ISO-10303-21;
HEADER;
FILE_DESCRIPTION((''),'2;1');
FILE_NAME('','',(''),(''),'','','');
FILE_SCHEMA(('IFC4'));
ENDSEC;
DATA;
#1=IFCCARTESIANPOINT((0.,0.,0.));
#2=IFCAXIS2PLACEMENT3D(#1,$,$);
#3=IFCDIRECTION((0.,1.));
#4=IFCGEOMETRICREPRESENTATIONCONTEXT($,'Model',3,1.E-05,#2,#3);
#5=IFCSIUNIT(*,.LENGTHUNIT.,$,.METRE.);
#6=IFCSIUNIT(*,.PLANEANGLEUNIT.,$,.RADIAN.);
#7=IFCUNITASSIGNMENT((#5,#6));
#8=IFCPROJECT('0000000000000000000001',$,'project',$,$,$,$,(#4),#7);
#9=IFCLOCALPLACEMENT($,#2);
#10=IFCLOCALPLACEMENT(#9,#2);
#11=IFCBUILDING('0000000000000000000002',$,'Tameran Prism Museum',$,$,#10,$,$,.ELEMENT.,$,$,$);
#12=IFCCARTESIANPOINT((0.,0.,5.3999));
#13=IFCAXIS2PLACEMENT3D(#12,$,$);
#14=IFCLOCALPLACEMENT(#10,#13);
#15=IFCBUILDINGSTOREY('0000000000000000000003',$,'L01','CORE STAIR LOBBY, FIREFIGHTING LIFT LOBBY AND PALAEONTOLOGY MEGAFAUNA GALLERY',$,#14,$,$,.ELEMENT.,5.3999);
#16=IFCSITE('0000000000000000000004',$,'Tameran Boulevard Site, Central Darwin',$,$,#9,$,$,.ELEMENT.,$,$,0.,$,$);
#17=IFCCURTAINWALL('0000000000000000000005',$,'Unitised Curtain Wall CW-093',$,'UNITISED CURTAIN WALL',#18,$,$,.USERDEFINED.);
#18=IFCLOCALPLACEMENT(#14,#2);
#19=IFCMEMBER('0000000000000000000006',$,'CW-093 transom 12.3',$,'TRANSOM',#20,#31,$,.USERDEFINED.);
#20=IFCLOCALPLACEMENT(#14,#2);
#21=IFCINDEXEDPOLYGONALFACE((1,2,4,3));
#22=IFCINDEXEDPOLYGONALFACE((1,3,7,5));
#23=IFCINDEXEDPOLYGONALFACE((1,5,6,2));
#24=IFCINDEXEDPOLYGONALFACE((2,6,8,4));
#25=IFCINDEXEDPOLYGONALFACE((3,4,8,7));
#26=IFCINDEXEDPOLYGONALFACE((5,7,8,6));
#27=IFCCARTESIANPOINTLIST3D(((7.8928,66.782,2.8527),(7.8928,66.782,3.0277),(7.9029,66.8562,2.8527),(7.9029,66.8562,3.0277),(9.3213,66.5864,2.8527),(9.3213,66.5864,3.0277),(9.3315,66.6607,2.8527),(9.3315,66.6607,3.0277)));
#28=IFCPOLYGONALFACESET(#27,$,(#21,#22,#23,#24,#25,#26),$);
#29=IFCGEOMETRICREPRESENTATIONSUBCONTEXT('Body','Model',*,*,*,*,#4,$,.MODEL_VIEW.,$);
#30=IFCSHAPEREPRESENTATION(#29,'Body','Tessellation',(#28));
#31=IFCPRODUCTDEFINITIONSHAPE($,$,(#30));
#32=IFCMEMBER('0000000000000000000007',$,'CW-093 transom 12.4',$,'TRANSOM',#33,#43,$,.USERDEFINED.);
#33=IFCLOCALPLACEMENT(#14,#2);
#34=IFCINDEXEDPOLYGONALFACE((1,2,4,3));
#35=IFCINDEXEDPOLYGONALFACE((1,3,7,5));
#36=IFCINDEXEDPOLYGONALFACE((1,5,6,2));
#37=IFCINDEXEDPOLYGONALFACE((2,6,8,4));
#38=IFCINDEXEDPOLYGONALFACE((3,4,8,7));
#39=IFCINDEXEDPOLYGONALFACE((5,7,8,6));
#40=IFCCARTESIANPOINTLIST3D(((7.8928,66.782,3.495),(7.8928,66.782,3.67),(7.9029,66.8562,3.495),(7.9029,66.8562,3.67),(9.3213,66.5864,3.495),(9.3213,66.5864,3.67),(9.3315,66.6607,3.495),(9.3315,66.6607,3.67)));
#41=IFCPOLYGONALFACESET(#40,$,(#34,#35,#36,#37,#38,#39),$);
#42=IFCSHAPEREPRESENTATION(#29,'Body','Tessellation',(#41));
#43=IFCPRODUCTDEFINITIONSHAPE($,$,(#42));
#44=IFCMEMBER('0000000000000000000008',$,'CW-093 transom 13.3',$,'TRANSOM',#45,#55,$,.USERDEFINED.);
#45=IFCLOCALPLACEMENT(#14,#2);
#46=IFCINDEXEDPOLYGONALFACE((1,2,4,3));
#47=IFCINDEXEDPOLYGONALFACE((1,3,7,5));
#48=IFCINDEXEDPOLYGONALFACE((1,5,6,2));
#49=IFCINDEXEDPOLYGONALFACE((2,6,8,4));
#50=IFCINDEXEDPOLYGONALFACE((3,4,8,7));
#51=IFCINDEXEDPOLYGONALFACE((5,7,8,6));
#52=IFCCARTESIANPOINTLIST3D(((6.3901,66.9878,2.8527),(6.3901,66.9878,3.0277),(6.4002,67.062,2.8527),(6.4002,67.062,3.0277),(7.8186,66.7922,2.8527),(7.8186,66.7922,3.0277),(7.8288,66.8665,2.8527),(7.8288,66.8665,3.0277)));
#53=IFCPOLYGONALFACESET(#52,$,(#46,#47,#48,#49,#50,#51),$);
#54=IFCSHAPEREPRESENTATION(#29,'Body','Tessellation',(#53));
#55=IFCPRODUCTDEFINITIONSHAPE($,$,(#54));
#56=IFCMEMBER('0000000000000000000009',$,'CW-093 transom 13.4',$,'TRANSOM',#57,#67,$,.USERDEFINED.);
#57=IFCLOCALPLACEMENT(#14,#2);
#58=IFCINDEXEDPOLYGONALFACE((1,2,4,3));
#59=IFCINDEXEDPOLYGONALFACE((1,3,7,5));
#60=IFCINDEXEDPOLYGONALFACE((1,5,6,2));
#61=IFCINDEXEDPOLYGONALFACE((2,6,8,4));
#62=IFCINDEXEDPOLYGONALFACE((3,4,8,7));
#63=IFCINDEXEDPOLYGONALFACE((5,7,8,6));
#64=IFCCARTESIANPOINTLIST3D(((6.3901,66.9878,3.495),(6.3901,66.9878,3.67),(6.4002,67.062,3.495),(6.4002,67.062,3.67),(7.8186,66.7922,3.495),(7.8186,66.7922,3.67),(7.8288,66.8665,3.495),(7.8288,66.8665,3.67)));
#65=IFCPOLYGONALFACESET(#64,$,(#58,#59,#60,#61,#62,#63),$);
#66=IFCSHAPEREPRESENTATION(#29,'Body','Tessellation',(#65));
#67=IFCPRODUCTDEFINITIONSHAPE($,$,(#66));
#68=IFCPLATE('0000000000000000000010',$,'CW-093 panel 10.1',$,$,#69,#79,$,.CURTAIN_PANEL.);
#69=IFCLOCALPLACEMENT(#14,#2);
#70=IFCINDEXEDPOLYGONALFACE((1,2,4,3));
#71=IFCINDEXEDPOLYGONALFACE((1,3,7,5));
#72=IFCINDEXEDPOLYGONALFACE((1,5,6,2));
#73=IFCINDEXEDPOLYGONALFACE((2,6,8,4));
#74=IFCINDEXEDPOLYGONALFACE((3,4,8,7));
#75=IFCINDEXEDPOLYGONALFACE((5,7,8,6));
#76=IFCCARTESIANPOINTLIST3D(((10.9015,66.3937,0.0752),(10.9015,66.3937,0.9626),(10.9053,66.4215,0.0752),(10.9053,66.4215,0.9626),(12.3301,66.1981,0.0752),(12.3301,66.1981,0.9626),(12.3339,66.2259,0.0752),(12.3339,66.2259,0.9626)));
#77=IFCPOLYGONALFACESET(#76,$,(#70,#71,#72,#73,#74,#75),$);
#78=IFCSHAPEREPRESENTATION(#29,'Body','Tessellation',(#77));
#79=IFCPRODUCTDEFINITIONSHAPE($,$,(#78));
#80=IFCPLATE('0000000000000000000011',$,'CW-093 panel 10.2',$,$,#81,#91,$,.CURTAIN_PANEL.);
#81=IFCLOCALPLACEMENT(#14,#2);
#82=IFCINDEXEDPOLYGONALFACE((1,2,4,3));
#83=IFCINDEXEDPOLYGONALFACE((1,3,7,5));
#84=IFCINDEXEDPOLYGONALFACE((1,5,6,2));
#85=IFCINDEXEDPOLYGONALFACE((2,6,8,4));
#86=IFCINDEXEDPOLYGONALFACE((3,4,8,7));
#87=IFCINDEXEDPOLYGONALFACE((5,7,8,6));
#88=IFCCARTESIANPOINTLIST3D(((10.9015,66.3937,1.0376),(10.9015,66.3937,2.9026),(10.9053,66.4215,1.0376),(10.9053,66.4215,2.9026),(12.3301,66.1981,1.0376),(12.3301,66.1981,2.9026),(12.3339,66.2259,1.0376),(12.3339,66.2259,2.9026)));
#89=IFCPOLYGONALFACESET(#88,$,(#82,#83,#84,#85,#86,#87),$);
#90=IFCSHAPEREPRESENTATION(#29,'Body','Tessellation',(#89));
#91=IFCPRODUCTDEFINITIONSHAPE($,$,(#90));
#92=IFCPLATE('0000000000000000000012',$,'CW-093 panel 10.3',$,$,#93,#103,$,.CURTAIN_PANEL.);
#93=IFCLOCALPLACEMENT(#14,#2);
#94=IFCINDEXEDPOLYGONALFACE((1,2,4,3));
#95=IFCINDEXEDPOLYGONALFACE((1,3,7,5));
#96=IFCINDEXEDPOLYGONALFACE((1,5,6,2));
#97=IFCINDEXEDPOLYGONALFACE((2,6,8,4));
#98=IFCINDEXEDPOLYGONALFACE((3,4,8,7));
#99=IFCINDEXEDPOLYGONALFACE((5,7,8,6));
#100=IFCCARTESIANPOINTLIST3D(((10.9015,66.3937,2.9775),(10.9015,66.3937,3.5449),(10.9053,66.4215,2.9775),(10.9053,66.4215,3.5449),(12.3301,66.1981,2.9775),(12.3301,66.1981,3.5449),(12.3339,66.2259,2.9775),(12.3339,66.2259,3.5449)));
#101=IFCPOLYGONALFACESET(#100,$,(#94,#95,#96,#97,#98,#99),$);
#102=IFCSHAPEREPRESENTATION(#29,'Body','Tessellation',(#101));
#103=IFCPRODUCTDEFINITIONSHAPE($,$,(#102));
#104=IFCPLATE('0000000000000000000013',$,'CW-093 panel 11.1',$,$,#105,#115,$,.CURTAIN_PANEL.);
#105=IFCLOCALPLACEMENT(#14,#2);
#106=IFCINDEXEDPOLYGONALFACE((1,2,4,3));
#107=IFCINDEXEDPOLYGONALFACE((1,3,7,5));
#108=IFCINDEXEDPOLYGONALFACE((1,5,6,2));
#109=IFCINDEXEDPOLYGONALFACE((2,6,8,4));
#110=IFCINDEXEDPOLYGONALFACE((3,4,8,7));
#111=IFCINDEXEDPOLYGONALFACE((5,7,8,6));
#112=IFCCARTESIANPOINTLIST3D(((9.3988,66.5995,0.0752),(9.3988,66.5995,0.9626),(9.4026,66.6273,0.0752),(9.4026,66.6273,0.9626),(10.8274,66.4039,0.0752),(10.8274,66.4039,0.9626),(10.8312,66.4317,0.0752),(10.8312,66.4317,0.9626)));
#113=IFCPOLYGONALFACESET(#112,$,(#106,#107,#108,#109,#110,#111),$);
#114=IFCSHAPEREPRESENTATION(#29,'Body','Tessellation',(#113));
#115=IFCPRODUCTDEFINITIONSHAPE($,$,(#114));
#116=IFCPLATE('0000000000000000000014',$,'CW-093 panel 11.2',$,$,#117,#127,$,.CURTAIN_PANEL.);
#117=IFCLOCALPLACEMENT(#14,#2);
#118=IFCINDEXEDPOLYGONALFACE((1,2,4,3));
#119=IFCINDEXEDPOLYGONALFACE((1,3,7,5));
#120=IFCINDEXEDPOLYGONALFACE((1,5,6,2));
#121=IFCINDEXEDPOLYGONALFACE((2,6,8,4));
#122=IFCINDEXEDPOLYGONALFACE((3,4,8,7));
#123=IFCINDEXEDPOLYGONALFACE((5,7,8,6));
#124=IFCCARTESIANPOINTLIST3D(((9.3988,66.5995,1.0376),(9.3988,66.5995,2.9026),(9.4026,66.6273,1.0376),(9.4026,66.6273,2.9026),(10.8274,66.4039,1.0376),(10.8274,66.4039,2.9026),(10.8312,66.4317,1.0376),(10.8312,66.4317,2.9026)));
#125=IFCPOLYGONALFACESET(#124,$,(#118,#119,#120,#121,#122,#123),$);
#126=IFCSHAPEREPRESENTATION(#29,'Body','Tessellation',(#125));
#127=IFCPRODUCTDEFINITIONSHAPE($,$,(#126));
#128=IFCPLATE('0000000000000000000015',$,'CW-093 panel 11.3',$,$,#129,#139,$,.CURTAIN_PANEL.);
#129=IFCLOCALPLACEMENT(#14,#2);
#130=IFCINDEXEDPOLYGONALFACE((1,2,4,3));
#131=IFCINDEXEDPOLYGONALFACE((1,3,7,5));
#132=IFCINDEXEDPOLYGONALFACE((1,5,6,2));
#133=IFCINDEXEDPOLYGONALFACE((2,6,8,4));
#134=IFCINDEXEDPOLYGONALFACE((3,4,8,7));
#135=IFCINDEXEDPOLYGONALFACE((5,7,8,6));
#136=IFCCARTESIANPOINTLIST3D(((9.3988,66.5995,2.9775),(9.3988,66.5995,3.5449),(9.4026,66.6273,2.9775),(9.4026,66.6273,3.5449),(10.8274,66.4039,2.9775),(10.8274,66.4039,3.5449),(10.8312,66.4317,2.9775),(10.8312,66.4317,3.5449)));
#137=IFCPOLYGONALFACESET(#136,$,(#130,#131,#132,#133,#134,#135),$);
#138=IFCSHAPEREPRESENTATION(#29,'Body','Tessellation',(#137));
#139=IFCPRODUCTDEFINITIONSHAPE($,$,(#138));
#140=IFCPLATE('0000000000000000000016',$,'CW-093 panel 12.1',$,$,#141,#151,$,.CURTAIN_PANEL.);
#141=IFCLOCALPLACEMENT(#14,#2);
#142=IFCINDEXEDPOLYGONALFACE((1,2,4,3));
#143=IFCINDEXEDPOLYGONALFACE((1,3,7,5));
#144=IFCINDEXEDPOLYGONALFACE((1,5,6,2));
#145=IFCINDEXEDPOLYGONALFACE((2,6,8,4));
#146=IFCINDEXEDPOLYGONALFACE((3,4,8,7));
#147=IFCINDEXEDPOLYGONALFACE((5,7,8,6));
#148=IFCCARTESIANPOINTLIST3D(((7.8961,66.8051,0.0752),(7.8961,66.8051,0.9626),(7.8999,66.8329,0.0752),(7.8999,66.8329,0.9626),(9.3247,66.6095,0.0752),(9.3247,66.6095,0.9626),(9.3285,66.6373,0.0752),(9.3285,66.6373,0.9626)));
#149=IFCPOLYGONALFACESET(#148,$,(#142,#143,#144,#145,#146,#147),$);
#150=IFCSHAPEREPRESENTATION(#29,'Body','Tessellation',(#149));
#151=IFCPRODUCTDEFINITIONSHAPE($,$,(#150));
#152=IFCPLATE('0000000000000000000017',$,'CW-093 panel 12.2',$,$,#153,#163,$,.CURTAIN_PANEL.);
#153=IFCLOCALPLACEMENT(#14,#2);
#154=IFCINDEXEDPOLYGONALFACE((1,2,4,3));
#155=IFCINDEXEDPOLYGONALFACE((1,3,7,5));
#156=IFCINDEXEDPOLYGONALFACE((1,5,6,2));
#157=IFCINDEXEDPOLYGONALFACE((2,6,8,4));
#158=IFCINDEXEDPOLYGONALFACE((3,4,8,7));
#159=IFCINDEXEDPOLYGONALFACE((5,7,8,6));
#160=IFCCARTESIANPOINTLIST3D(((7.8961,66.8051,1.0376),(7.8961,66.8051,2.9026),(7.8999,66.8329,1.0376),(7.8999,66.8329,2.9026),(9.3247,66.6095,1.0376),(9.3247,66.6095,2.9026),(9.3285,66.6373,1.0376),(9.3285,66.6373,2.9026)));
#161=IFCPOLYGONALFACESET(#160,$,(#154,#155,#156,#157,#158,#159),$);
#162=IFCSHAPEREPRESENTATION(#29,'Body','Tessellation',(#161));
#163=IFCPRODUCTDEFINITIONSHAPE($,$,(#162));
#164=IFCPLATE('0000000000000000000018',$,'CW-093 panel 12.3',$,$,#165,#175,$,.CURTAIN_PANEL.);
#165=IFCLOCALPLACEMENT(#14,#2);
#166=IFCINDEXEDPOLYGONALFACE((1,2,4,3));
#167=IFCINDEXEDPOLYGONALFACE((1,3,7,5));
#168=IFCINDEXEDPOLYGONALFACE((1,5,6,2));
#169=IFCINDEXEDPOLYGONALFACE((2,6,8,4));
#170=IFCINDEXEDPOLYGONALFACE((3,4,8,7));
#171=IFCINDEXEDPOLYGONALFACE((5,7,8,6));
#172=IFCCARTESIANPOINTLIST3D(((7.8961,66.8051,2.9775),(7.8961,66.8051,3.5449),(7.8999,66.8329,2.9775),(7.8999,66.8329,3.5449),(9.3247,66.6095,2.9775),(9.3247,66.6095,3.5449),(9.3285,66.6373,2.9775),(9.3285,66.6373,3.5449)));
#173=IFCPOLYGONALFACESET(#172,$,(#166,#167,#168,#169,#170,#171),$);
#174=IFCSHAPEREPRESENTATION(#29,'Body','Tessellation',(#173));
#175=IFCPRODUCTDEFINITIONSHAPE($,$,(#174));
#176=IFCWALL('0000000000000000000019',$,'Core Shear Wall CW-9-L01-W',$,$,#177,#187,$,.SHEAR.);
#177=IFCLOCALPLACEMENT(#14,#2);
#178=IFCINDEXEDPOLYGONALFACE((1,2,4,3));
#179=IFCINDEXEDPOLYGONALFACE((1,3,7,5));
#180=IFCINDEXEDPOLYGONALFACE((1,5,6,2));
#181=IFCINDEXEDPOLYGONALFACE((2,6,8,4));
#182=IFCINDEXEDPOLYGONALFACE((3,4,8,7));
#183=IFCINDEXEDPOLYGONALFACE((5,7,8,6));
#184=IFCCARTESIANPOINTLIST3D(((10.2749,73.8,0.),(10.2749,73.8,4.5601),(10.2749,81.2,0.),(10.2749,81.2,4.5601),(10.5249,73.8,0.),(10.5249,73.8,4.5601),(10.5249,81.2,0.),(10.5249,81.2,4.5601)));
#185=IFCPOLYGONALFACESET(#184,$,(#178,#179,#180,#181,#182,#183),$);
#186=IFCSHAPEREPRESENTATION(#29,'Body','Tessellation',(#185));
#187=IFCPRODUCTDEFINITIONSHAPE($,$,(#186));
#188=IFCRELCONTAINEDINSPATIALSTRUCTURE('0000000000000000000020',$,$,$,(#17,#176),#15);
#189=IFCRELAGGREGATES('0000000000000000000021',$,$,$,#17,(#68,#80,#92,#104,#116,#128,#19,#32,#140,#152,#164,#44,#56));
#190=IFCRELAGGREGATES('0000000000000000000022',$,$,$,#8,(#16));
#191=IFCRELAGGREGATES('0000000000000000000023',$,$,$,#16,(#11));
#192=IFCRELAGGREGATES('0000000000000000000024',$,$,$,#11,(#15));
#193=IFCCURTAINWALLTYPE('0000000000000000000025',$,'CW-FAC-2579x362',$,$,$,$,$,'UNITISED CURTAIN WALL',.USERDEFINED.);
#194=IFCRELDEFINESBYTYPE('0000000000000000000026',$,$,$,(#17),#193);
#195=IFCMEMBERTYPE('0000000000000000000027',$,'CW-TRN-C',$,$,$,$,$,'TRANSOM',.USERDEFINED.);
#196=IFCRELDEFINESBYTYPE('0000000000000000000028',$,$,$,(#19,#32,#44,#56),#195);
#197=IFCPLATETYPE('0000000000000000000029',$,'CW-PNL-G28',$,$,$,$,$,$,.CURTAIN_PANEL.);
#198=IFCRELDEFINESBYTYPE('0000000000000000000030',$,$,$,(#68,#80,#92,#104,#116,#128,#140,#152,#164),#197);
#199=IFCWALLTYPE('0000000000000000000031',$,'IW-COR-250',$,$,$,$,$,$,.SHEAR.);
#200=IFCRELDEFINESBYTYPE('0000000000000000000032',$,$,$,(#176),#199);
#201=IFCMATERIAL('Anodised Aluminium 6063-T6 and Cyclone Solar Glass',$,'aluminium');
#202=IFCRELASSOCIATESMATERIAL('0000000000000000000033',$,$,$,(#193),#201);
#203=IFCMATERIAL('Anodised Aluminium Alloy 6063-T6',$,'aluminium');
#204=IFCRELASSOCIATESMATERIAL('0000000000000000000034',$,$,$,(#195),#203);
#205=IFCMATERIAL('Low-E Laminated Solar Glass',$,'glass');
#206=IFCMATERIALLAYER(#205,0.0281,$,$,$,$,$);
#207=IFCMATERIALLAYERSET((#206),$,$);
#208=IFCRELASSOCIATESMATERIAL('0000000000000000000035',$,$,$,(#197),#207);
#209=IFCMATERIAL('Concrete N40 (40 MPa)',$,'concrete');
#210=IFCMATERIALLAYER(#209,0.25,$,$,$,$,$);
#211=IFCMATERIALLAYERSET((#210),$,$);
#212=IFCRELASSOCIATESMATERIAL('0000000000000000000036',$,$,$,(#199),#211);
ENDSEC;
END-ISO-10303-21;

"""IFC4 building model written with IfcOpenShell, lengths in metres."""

from ifc_helpers import new_model, si_unit, direction, frame, frame_2d, origin, origin_2d, place, context, subcontext, project, spatial, rectangle, extrude, material, layer, layer_set, material_profile, profile_set, type_object, element, aggregate, save


model = new_model("IFC4")

# Units and contexts
model_context = context("Model", 3, precision=1e-05, world=origin(), true_north=direction((0.0, 1.0)))
body_context = subcontext(model_context, "Body", "Model", "MODEL_VIEW")
ifc_project = project(units=[si_unit("LENGTHUNIT", "METRE"), si_unit("PLANEANGLEUNIT", "RADIAN")], contexts=[model_context])

# Site, building, storey
site_placement = place(None, origin())
site = spatial("IfcSite", under=ifc_project, at=site_placement, Name="Tameran Boulevard Site, Central Darwin", CompositionType="ELEMENT", RefElevation=0.0)
building_placement = place(site_placement, origin())
building = spatial("IfcBuilding", under=site, at=building_placement, Name="Tameran Prism Museum", CompositionType="ELEMENT")
storey_placement = place(building_placement, frame((0.0, 0.0, 5.3999)))
storey = spatial("IfcBuildingStorey", under=building, at=storey_placement, Name="L01", Description="CORE STAIR LOBBY, FIREFIGHTING LIFT LOBBY AND PALAEONTOLOGY MEGAFAUNA GALLERY", CompositionType="ELEMENT", Elevation=5.3999)

# Curtain wall, members, plates
ifc_material_1 = material(Name="Anodised Aluminium 6063-T6 and Cyclone Solar Glass", Category="aluminium")
curtain_wall_type = type_object("IfcCurtainWallType", Name="CW-FAC-2579x362", ElementType="UNITISED CURTAIN WALL", PredefinedType="USERDEFINED", material=ifc_material_1)
curtain_wall_placement = place(storey_placement, origin())
curtain_wall = element("IfcCurtainWall", 1, at=curtain_wall_placement, inside=storey, type_object=curtain_wall_type, Name="Unitised Curtain Wall CW-093", ObjectType="UNITISED CURTAIN WALL", PredefinedType="USERDEFINED")
ifc_material_2 = material(Name="Anodised Aluminium Alloy 6063-T6", Category="aluminium")
ifc_material_profile_1 = material_profile(ifc_material_2, rectangle(XDim=0.075, YDim=0.175, at=origin_2d()))
ifc_profile_set_1 = profile_set([ifc_material_profile_1])
member_type_1 = type_object("IfcMemberType", Name="CW-TRN-C", ElementType="TRANSOM", PredefinedType="USERDEFINED", material=ifc_profile_set_1)
member_1_placement = place(storey_placement, frame((9.3264, 66.6235, 2.9402), z_axis=(-0.990759, 0.135635, 0.0), x_axis=(-0.135635, -0.990759, 0.0)))
member_1 = element("IfcMember", 2, at=member_1_placement, type_object=member_type_1, Name="CW-093 transom 12.3", ObjectType="TRANSOM", PredefinedType="USERDEFINED", context=body_context, shape_type="SweptSolid", body=[
    extrude(rectangle(XDim=0.075, YDim=0.175, at=origin_2d()), origin(), (0.0, 0.0, 1.0), 1.4419),
])
member_2_placement = place(storey_placement, frame((9.3264, 66.6235, 3.5825), z_axis=(-0.990759, 0.135635, 0.0), x_axis=(-0.135635, -0.990759, 0.0)))
member_2 = element("IfcMember", 3, at=member_2_placement, type_object=member_type_1, Name="CW-093 transom 12.4", ObjectType="TRANSOM", PredefinedType="USERDEFINED", context=body_context, shape_type="SweptSolid", body=[
    extrude(rectangle(XDim=0.075, YDim=0.175, at=origin_2d()), origin(), (0.0, 0.0, 1.0), 1.4419),
])
member_3_placement = place(storey_placement, frame((7.8237, 66.8293, 2.9402), z_axis=(-0.990759, 0.135635, 0.0), x_axis=(-0.135635, -0.990759, 0.0)))
member_3 = element("IfcMember", 4, at=member_3_placement, type_object=member_type_1, Name="CW-093 transom 13.3", ObjectType="TRANSOM", PredefinedType="USERDEFINED", context=body_context, shape_type="SweptSolid", body=[
    extrude(rectangle(XDim=0.075, YDim=0.175, at=origin_2d()), origin(), (0.0, 0.0, 1.0), 1.4419),
])
member_4_placement = place(storey_placement, frame((7.8237, 66.8293, 3.5825), z_axis=(-0.990759, 0.135635, 0.0), x_axis=(-0.135635, -0.990759, 0.0)))
member_4 = element("IfcMember", 5, at=member_4_placement, type_object=member_type_1, Name="CW-093 transom 13.4", ObjectType="TRANSOM", PredefinedType="USERDEFINED", context=body_context, shape_type="SweptSolid", body=[
    extrude(rectangle(XDim=0.075, YDim=0.175, at=origin_2d()), origin(), (0.0, 0.0, 1.0), 1.4419),
])
ifc_material_3 = material(Name="Low-E Laminated Solar Glass", Category="glass")
ifc_layer_1 = layer(ifc_material_3, 0.0281)
ifc_layer_set_1 = layer_set([ifc_layer_1])
plate_type = type_object("IfcPlateType", Name="CW-PNL-G28", PredefinedType="CURTAIN_PANEL", material=ifc_layer_set_1)
plate_1_placement = place(storey_placement, frame((11.6177, 66.3098, 0.0752), z_axis=(0.0, 0.0, 1.0), x_axis=(-0.990756, 0.135658, 0.0)))
plate_1 = element("IfcPlate", 6, at=plate_1_placement, type_object=plate_type, Name="CW-093 panel 10.1", PredefinedType="CURTAIN_PANEL", context=body_context, shape_type="SweptSolid", body=[
    extrude(rectangle(XDim=1.4419, YDim=0.0281, at=origin_2d()), origin(), (0.0, 0.0, 1.0), 0.8875),
])
plate_2_placement = place(storey_placement, frame((11.6177, 66.3098, 1.0376), z_axis=(0.0, 0.0, 1.0), x_axis=(-0.990756, 0.135658, 0.0)))
plate_2 = element("IfcPlate", 7, at=plate_2_placement, type_object=plate_type, Name="CW-093 panel 10.2", PredefinedType="CURTAIN_PANEL", context=body_context, shape_type="SweptSolid", body=[
    extrude(rectangle(XDim=1.4419, YDim=0.0281, at=origin_2d()), origin(), (0.0, 0.0, 1.0), 1.865),
])
plate_3_placement = place(storey_placement, frame((11.6177, 66.3098, 2.9775), z_axis=(0.0, 0.0, 1.0), x_axis=(-0.990756, 0.135658, 0.0)))
plate_3 = element("IfcPlate", 8, at=plate_3_placement, type_object=plate_type, Name="CW-093 panel 10.3", PredefinedType="CURTAIN_PANEL", context=body_context, shape_type="SweptSolid", body=[
    extrude(rectangle(XDim=1.4419, YDim=0.0281, at=origin_2d()), origin(), (0.0, 0.0, 1.0), 0.5674),
])
plate_4_placement = place(storey_placement, frame((10.115, 66.5156, 0.0752), z_axis=(0.0, 0.0, 1.0), x_axis=(-0.990756, 0.135658, 0.0)))
plate_4 = element("IfcPlate", 9, at=plate_4_placement, type_object=plate_type, Name="CW-093 panel 11.1", PredefinedType="CURTAIN_PANEL", context=body_context, shape_type="SweptSolid", body=[
    extrude(rectangle(XDim=1.4419, YDim=0.0281, at=origin_2d()), origin(), (0.0, 0.0, 1.0), 0.8875),
])
plate_5_placement = place(storey_placement, frame((10.115, 66.5156, 1.0376), z_axis=(0.0, 0.0, 1.0), x_axis=(-0.990756, 0.135658, 0.0)))
plate_5 = element("IfcPlate", 10, at=plate_5_placement, type_object=plate_type, Name="CW-093 panel 11.2", PredefinedType="CURTAIN_PANEL", context=body_context, shape_type="SweptSolid", body=[
    extrude(rectangle(XDim=1.4419, YDim=0.0281, at=origin_2d()), origin(), (0.0, 0.0, 1.0), 1.865),
])
plate_6_placement = place(storey_placement, frame((10.115, 66.5156, 2.9775), z_axis=(0.0, 0.0, 1.0), x_axis=(-0.990756, 0.135658, 0.0)))
plate_6 = element("IfcPlate", 11, at=plate_6_placement, type_object=plate_type, Name="CW-093 panel 11.3", PredefinedType="CURTAIN_PANEL", context=body_context, shape_type="SweptSolid", body=[
    extrude(rectangle(XDim=1.4419, YDim=0.0281, at=origin_2d()), origin(), (0.0, 0.0, 1.0), 0.5674),
])
plate_7_placement = place(storey_placement, frame((8.6123, 66.7212, 0.0752), z_axis=(0.0, 0.0, 1.0), x_axis=(-0.990756, 0.135658, 0.0)))
plate_7 = element("IfcPlate", 12, at=plate_7_placement, type_object=plate_type, Name="CW-093 panel 12.1", PredefinedType="CURTAIN_PANEL", context=body_context, shape_type="SweptSolid", body=[
    extrude(rectangle(XDim=1.4419, YDim=0.0281, at=origin_2d()), origin(), (0.0, 0.0, 1.0), 0.8875),
])
plate_8_placement = place(storey_placement, frame((8.6123, 66.7212, 1.0376), z_axis=(0.0, 0.0, 1.0), x_axis=(-0.990756, 0.135658, 0.0)))
plate_8 = element("IfcPlate", 13, at=plate_8_placement, type_object=plate_type, Name="CW-093 panel 12.2", PredefinedType="CURTAIN_PANEL", context=body_context, shape_type="SweptSolid", body=[
    extrude(rectangle(XDim=1.4419, YDim=0.0281, at=origin_2d()), origin(), (0.0, 0.0, 1.0), 1.865),
])
plate_9_placement = place(storey_placement, frame((8.6123, 66.7212, 2.9775), z_axis=(0.0, 0.0, 1.0), x_axis=(-0.990756, 0.135658, 0.0)))
plate_9 = element("IfcPlate", 14, at=plate_9_placement, type_object=plate_type, Name="CW-093 panel 12.3", PredefinedType="CURTAIN_PANEL", context=body_context, shape_type="SweptSolid", body=[
    extrude(rectangle(XDim=1.4419, YDim=0.0281, at=origin_2d()), origin(), (0.0, 0.0, 1.0), 0.5674),
])
aggregate(curtain_wall, [plate_1, plate_2, plate_3, plate_4, plate_5, plate_6, member_1, member_2, plate_7, plate_8, plate_9, member_3, member_4])

# Wall
ifc_material_4 = material(Name="Concrete N40 (40 MPa)", Category="concrete")
ifc_layer_2 = layer(ifc_material_4, 0.25)
ifc_layer_set_2 = layer_set([ifc_layer_2])
wall_type = type_object("IfcWallType", Name="IW-COR-250", PredefinedType="SHEAR", material=ifc_layer_set_2)
wall_placement = place(storey_placement, frame((10.3999, 73.8, 0.0), z_axis=(0.0, 0.0, 1.0), x_axis=(0.0, 1.0, 0.0)))
element("IfcWall", 15, at=wall_placement, inside=storey, type_object=wall_type, Name="Core Shear Wall CW-9-L01-W", PredefinedType="SHEAR", context=body_context, shape_type="SweptSolid", body=[
    extrude(rectangle(XDim=7.3999, YDim=0.25, at=frame_2d((3.7, 0.0))), origin(), (0.0, 0.0, 1.0), 4.5601),
])

save(model, "model.ifc")
